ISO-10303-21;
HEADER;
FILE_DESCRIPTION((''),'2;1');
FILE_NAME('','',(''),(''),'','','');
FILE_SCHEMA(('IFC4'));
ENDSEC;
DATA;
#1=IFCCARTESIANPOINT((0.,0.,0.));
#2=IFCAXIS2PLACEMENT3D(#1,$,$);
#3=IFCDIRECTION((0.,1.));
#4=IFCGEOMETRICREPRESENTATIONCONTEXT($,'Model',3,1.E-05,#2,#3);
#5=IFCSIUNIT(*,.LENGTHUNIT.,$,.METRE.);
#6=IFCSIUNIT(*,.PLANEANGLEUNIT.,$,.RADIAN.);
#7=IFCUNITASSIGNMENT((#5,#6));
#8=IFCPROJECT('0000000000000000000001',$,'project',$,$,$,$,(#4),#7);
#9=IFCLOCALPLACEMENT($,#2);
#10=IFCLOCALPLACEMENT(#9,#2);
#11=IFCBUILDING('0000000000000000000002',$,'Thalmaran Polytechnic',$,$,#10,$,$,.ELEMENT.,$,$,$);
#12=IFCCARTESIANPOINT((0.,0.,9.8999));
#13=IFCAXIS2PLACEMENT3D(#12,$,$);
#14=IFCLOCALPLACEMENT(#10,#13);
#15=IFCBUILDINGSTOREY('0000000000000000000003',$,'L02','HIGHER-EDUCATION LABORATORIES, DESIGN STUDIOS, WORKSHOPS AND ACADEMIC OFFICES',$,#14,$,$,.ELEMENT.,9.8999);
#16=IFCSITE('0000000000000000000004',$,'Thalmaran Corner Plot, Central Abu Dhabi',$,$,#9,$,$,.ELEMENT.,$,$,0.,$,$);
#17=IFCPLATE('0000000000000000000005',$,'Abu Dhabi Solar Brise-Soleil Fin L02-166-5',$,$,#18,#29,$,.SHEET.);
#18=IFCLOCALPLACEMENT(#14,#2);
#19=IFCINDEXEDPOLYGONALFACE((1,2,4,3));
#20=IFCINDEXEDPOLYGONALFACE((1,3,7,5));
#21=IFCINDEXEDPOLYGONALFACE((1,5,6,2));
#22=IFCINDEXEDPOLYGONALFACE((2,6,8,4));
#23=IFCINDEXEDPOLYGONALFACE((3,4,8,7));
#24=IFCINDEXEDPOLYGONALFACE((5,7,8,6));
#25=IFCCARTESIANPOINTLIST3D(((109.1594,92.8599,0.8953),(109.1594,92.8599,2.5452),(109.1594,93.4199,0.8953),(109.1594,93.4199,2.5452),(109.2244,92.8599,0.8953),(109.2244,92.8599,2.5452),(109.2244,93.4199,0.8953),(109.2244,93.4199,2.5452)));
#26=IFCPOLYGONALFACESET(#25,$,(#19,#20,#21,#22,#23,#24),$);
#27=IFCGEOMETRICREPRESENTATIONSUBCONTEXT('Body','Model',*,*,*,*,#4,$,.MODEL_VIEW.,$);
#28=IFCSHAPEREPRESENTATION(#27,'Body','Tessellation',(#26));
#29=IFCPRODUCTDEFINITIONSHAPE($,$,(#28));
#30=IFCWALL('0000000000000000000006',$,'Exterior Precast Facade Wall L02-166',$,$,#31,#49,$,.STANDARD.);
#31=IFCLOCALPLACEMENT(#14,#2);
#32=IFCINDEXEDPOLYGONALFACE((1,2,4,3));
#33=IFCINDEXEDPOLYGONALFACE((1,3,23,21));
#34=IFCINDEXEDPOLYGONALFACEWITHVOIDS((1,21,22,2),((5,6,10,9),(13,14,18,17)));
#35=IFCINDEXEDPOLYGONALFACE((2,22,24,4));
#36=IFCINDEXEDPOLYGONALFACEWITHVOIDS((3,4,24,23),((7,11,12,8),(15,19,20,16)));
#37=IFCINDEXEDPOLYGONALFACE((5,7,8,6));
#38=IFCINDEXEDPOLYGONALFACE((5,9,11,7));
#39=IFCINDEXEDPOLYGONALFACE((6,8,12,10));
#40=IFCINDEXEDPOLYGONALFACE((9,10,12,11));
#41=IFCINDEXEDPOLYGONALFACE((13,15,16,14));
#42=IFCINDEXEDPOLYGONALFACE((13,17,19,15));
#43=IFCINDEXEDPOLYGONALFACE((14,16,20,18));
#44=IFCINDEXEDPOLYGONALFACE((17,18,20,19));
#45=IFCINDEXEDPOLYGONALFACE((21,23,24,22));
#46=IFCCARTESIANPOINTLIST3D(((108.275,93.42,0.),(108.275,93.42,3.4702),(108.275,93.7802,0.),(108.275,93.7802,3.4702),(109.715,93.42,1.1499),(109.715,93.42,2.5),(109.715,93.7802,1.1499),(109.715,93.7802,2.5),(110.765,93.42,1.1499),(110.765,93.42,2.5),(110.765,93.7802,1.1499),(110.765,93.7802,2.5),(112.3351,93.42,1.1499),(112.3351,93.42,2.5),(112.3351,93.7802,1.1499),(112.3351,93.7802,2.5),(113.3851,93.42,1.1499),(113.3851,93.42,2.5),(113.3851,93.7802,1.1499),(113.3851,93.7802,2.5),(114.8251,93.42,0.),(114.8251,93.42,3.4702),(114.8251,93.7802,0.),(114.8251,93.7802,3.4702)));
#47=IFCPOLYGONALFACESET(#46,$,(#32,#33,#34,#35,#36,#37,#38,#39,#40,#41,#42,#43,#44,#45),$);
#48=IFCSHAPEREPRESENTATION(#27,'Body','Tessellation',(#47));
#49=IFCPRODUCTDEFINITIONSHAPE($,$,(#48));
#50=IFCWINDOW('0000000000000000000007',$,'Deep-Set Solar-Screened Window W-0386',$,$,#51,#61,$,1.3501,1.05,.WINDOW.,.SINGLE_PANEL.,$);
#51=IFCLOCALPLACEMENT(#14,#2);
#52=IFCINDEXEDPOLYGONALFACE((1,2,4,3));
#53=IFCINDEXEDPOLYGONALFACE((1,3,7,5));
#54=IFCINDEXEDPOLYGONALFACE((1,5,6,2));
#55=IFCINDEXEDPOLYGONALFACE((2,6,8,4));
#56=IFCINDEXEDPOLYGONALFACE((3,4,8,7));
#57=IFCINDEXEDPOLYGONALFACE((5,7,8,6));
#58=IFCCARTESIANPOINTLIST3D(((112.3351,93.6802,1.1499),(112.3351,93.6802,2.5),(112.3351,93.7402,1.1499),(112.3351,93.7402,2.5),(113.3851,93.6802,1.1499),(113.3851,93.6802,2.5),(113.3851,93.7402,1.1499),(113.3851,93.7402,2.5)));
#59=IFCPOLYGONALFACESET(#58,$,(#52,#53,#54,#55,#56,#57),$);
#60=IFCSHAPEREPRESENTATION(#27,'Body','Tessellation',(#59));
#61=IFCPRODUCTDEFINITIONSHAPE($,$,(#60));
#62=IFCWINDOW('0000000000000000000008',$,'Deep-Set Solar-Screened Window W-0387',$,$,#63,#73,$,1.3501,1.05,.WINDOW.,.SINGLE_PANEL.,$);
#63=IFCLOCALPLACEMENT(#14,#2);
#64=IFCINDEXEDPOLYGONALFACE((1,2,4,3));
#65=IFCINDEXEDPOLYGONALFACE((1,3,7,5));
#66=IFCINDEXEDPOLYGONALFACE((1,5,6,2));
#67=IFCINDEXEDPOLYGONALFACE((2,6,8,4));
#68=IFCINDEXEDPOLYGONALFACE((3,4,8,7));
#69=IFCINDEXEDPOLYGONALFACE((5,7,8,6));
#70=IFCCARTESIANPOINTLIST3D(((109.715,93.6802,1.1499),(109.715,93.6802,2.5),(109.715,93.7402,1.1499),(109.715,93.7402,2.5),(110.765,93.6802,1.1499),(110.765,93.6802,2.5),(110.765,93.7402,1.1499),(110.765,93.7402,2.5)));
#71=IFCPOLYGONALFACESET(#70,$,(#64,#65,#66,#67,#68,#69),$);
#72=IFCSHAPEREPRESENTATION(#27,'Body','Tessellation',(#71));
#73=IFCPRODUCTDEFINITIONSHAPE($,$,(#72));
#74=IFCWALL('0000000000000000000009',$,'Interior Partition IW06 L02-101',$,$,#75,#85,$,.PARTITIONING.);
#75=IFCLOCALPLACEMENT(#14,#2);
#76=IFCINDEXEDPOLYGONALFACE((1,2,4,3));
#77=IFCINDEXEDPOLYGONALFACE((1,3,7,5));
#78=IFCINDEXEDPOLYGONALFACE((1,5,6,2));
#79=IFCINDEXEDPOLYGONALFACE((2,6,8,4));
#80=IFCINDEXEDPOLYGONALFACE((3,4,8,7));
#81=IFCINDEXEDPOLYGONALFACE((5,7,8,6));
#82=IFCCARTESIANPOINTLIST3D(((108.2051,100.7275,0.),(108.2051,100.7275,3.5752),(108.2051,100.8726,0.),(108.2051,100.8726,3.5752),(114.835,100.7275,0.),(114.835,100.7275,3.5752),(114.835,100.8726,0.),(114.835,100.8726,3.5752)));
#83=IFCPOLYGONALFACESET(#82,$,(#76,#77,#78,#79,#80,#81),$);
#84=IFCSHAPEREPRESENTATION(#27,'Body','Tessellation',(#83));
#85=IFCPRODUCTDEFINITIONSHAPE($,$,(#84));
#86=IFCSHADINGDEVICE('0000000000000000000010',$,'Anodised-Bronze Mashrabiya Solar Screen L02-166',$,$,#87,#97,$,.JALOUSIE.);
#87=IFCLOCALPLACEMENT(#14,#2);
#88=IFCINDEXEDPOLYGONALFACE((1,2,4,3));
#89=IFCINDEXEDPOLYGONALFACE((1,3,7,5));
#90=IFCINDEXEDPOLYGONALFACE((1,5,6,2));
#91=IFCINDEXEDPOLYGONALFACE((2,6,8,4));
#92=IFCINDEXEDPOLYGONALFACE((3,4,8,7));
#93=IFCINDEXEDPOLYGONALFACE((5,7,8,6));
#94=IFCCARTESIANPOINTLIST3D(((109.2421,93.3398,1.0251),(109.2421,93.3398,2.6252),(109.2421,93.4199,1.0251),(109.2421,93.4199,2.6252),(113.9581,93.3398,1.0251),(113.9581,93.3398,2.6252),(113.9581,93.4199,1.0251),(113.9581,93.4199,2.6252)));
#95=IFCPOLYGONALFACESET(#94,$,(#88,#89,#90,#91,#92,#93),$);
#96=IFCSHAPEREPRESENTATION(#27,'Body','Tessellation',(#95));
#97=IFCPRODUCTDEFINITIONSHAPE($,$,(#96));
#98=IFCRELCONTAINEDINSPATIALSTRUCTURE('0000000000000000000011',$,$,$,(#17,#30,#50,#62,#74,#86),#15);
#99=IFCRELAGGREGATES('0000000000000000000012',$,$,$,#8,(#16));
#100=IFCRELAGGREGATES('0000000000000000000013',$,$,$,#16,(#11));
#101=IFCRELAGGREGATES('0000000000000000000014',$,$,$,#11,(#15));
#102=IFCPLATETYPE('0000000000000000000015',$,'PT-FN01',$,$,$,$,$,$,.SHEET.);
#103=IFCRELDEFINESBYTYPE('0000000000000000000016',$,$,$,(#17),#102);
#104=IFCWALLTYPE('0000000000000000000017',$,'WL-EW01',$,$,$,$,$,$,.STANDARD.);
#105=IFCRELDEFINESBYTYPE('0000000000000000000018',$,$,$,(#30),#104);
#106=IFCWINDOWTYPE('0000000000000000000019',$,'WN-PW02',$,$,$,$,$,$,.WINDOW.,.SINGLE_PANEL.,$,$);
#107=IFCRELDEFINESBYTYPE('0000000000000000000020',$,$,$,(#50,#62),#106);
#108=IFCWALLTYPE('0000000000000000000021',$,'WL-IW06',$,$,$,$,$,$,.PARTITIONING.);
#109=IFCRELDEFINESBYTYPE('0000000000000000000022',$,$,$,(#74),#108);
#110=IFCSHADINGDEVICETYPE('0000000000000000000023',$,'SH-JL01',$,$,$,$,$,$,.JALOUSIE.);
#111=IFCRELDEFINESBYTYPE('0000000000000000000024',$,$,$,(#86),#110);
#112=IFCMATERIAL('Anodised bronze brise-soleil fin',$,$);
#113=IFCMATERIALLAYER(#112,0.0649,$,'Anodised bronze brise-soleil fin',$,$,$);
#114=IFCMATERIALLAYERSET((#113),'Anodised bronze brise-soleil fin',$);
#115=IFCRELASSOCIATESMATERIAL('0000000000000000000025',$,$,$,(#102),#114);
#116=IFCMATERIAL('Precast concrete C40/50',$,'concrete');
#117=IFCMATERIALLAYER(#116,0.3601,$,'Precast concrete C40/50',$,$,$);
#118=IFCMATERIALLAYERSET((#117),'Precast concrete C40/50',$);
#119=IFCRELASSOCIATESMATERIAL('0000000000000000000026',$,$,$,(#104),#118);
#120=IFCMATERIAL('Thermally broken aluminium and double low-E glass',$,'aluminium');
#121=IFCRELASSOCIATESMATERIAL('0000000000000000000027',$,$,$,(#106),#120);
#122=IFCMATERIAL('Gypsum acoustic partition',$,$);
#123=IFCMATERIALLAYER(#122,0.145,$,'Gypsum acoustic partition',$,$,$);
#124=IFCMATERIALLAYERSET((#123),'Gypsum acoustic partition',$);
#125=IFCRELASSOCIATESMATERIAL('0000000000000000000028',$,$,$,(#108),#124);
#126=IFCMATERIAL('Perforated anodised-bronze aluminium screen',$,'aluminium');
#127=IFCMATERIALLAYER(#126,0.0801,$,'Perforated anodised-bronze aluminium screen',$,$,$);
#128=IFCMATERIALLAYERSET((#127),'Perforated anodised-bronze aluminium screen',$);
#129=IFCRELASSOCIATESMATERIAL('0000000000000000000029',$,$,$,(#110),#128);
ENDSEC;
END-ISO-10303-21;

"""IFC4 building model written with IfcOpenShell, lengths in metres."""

from ifc_helpers import new_model, si_unit, direction, frame, frame_2d, origin, origin_2d, place, context, subcontext, project, spatial, rectangle, extrude, material, layer, layer_set, type_object, element, fill, save


model = new_model("IFC4")

# Units and contexts
model_context = context("Model", 3, precision=1e-05, world=origin(), true_north=direction((0.0, 1.0)))
body_context = subcontext(model_context, "Body", "Model", "MODEL_VIEW")
ifc_project = project(units=[si_unit("LENGTHUNIT", "METRE"), si_unit("PLANEANGLEUNIT", "RADIAN")], contexts=[model_context])

# Site, building, storey
site_placement = place(None, origin())
site = spatial("IfcSite", under=ifc_project, at=site_placement, Name="Thalmaran Corner Plot, Central Abu Dhabi", CompositionType="ELEMENT", RefElevation=0.0)
building_placement = place(site_placement, origin())
building = spatial("IfcBuilding", under=site, at=building_placement, Name="Thalmaran Polytechnic", CompositionType="ELEMENT")
storey_placement = place(building_placement, frame((0.0, 0.0, 9.8999)))
storey = spatial("IfcBuildingStorey", under=building, at=storey_placement, Name="L02", Description="HIGHER-EDUCATION LABORATORIES, DESIGN STUDIOS, WORKSHOPS AND ACADEMIC OFFICES", CompositionType="ELEMENT", Elevation=9.8999)

# Plate
ifc_material_1 = material(Name="Anodised bronze brise-soleil fin")
ifc_layer_1 = layer(ifc_material_1, 0.0649, Name="Anodised bronze brise-soleil fin")
ifc_layer_set_1 = layer_set([ifc_layer_1], Name="Anodised bronze brise-soleil fin")
plate_type_1 = type_object("IfcPlateType", Name="PT-FN01", PredefinedType="SHEET", material=ifc_layer_set_1)
for number, where, z_axis, x_axis, name in (
    (1, (109.1919, 93.1399, 0.8953), (0.0, 0.0, 1.0), (-1.0, 0.0, 0.0), "Abu Dhabi Solar Brise-Soleil Fin L02-166-5"),
):
    element("IfcPlate", number, at=place(storey_placement, frame(where, z_axis=z_axis, x_axis=x_axis)), inside=storey, type_object=plate_type_1, Name=name, PredefinedType="SHEET", context=body_context, shape_type="SweptSolid", body=[
        extrude(rectangle(XDim=0.0649, YDim=0.5601, at=origin_2d()), origin(), (0.0, 0.0, 1.0), 1.6499),
    ])

# Wall, openings, windows
ifc_material_2 = material(Name="Precast concrete C40/50", Category="concrete")
ifc_layer_2 = layer(ifc_material_2, 0.3601, Name="Precast concrete C40/50")
ifc_layer_set_2 = layer_set([ifc_layer_2], Name="Precast concrete C40/50")
wall_type_1 = type_object("IfcWallType", Name="WL-EW01", PredefinedType="STANDARD", material=ifc_layer_set_2)
wall_1_placement = place(storey_placement, frame((114.825, 93.6001, 0.0), z_axis=(0.0, 0.0, 1.0), x_axis=(-1.0, 0.0, 0.0)))
wall_1 = element("IfcWall", 2, at=wall_1_placement, inside=storey, type_object=wall_type_1, Name="Exterior Precast Facade Wall L02-166", PredefinedType="STANDARD", context=body_context, shape_type="SweptSolid", body=[
    extrude(rectangle(XDim=6.55, YDim=0.3601, at=frame_2d((3.2749, 0.0))), origin(), (0.0, 0.0, 1.0), 3.4702),
])
opening_1_placement = place(wall_1_placement, frame((1.4399, 0.0, 1.1499)))
opening_1 = element("IfcOpeningElement", 3, at=opening_1_placement, cuts=wall_1, PredefinedType="OPENING", context=body_context, shape_type="SweptSolid", body=[
    extrude(rectangle(XDim=1.05, YDim=1.3501, at=frame_2d((0.5249, 0.675))), frame((0.0, 0.1899, 0.0), z_axis=(0.0, -1.0, 0.0), x_axis=(1.0, 0.0, 0.0)), (0.0, 0.0, 1.0), 0.3801),
])
opening_2_placement = place(wall_1_placement, frame((4.0601, 0.0, 1.1499)))
opening_2 = element("IfcOpeningElement", 4, at=opening_2_placement, cuts=wall_1, PredefinedType="OPENING", context=body_context, shape_type="SweptSolid", body=[
    extrude(rectangle(XDim=1.05, YDim=1.3501, at=frame_2d((0.5249, 0.675))), frame((0.0, 0.1899, 0.0), z_axis=(0.0, -1.0, 0.0), x_axis=(1.0, 0.0, 0.0)), (0.0, 0.0, 1.0), 0.3801),
])
ifc_material_3 = material(Name="Thermally broken aluminium and double low-E glass", Category="aluminium")
window_type = type_object("IfcWindowType", Name="WN-PW02", PartitioningType="SINGLE_PANEL", PredefinedType="WINDOW", material=ifc_material_3)
window_1_placement = place(opening_1_placement, origin())
window_1 = element("IfcWindow", 5, at=window_1_placement, inside=storey, type_object=window_type, Name="Deep-Set Solar-Screened Window W-0386", OverallHeight=1.3501, OverallWidth=1.05, PartitioningType="SINGLE_PANEL", PredefinedType="WINDOW", context=body_context, shape_type="SweptSolid", body=[
    extrude(rectangle(XDim=1.05, YDim=1.3501, at=frame_2d((0.5249, 0.675))), frame((0.0, -0.0801, 0.0), z_axis=(0.0, -1.0, 0.0), x_axis=(1.0, 0.0, 0.0)), (0.0, 0.0, 1.0), 0.0601),
])
fill(opening_1, window_1)
window_2_placement = place(opening_2_placement, origin())
window_2 = element("IfcWindow", 6, at=window_2_placement, inside=storey, type_object=window_type, Name="Deep-Set Solar-Screened Window W-0387", OverallHeight=1.3501, OverallWidth=1.05, PartitioningType="SINGLE_PANEL", PredefinedType="WINDOW", context=body_context, shape_type="SweptSolid", body=[
    extrude(rectangle(XDim=1.05, YDim=1.3501, at=frame_2d((0.5249, 0.675))), frame((0.0, -0.0801, 0.0), z_axis=(0.0, -1.0, 0.0), x_axis=(1.0, 0.0, 0.0)), (0.0, 0.0, 1.0), 0.0601),
])
fill(opening_2, window_2)

# Wall
ifc_material_4 = material(Name="Gypsum acoustic partition")
ifc_layer_3 = layer(ifc_material_4, 0.145, Name="Gypsum acoustic partition")
ifc_layer_set_3 = layer_set([ifc_layer_3], Name="Gypsum acoustic partition")
wall_type_2 = type_object("IfcWallType", Name="WL-IW06", PredefinedType="PARTITIONING", material=ifc_layer_set_3)
wall_2_placement = place(storey_placement, frame((108.2051, 100.8, 0.0), z_axis=(0.0, 0.0, 1.0), x_axis=(1.0, 0.0, 0.0)))
element("IfcWall", 7, at=wall_2_placement, inside=storey, type_object=wall_type_2, Name="Interior Partition IW06 L02-101", PredefinedType="PARTITIONING", context=body_context, shape_type="SweptSolid", body=[
    extrude(rectangle(XDim=6.6299, YDim=0.145, at=frame_2d((3.3149, 0.0))), origin(), (0.0, 0.0, 1.0), 3.5752),
])

# Shading device
ifc_material_5 = material(Name="Perforated anodised-bronze aluminium screen", Category="aluminium")
ifc_layer_4 = layer(ifc_material_5, 0.0801, Name="Perforated anodised-bronze aluminium screen")
ifc_layer_set_4 = layer_set([ifc_layer_4], Name="Perforated anodised-bronze aluminium screen")
shading_device_type = type_object("IfcShadingDeviceType", Name="SH-JL01", PredefinedType="JALOUSIE", material=ifc_layer_set_4)
shading_device_placement = place(storey_placement, frame((111.6001, 93.3799, 1.0251), z_axis=(0.0, 0.0, 1.0), x_axis=(-1.0, 0.0, 0.0)))
element("IfcShadingDevice", 8, at=shading_device_placement, inside=storey, type_object=shading_device_type, Name="Anodised-Bronze Mashrabiya Solar Screen L02-166", PredefinedType="JALOUSIE", context=body_context, shape_type="SweptSolid", body=[
    extrude(rectangle(XDim=4.7161, YDim=0.0801, at=origin_2d()), origin(), (0.0, 0.0, 1.0), 1.6001),
])

save(model, "model.ifc")
